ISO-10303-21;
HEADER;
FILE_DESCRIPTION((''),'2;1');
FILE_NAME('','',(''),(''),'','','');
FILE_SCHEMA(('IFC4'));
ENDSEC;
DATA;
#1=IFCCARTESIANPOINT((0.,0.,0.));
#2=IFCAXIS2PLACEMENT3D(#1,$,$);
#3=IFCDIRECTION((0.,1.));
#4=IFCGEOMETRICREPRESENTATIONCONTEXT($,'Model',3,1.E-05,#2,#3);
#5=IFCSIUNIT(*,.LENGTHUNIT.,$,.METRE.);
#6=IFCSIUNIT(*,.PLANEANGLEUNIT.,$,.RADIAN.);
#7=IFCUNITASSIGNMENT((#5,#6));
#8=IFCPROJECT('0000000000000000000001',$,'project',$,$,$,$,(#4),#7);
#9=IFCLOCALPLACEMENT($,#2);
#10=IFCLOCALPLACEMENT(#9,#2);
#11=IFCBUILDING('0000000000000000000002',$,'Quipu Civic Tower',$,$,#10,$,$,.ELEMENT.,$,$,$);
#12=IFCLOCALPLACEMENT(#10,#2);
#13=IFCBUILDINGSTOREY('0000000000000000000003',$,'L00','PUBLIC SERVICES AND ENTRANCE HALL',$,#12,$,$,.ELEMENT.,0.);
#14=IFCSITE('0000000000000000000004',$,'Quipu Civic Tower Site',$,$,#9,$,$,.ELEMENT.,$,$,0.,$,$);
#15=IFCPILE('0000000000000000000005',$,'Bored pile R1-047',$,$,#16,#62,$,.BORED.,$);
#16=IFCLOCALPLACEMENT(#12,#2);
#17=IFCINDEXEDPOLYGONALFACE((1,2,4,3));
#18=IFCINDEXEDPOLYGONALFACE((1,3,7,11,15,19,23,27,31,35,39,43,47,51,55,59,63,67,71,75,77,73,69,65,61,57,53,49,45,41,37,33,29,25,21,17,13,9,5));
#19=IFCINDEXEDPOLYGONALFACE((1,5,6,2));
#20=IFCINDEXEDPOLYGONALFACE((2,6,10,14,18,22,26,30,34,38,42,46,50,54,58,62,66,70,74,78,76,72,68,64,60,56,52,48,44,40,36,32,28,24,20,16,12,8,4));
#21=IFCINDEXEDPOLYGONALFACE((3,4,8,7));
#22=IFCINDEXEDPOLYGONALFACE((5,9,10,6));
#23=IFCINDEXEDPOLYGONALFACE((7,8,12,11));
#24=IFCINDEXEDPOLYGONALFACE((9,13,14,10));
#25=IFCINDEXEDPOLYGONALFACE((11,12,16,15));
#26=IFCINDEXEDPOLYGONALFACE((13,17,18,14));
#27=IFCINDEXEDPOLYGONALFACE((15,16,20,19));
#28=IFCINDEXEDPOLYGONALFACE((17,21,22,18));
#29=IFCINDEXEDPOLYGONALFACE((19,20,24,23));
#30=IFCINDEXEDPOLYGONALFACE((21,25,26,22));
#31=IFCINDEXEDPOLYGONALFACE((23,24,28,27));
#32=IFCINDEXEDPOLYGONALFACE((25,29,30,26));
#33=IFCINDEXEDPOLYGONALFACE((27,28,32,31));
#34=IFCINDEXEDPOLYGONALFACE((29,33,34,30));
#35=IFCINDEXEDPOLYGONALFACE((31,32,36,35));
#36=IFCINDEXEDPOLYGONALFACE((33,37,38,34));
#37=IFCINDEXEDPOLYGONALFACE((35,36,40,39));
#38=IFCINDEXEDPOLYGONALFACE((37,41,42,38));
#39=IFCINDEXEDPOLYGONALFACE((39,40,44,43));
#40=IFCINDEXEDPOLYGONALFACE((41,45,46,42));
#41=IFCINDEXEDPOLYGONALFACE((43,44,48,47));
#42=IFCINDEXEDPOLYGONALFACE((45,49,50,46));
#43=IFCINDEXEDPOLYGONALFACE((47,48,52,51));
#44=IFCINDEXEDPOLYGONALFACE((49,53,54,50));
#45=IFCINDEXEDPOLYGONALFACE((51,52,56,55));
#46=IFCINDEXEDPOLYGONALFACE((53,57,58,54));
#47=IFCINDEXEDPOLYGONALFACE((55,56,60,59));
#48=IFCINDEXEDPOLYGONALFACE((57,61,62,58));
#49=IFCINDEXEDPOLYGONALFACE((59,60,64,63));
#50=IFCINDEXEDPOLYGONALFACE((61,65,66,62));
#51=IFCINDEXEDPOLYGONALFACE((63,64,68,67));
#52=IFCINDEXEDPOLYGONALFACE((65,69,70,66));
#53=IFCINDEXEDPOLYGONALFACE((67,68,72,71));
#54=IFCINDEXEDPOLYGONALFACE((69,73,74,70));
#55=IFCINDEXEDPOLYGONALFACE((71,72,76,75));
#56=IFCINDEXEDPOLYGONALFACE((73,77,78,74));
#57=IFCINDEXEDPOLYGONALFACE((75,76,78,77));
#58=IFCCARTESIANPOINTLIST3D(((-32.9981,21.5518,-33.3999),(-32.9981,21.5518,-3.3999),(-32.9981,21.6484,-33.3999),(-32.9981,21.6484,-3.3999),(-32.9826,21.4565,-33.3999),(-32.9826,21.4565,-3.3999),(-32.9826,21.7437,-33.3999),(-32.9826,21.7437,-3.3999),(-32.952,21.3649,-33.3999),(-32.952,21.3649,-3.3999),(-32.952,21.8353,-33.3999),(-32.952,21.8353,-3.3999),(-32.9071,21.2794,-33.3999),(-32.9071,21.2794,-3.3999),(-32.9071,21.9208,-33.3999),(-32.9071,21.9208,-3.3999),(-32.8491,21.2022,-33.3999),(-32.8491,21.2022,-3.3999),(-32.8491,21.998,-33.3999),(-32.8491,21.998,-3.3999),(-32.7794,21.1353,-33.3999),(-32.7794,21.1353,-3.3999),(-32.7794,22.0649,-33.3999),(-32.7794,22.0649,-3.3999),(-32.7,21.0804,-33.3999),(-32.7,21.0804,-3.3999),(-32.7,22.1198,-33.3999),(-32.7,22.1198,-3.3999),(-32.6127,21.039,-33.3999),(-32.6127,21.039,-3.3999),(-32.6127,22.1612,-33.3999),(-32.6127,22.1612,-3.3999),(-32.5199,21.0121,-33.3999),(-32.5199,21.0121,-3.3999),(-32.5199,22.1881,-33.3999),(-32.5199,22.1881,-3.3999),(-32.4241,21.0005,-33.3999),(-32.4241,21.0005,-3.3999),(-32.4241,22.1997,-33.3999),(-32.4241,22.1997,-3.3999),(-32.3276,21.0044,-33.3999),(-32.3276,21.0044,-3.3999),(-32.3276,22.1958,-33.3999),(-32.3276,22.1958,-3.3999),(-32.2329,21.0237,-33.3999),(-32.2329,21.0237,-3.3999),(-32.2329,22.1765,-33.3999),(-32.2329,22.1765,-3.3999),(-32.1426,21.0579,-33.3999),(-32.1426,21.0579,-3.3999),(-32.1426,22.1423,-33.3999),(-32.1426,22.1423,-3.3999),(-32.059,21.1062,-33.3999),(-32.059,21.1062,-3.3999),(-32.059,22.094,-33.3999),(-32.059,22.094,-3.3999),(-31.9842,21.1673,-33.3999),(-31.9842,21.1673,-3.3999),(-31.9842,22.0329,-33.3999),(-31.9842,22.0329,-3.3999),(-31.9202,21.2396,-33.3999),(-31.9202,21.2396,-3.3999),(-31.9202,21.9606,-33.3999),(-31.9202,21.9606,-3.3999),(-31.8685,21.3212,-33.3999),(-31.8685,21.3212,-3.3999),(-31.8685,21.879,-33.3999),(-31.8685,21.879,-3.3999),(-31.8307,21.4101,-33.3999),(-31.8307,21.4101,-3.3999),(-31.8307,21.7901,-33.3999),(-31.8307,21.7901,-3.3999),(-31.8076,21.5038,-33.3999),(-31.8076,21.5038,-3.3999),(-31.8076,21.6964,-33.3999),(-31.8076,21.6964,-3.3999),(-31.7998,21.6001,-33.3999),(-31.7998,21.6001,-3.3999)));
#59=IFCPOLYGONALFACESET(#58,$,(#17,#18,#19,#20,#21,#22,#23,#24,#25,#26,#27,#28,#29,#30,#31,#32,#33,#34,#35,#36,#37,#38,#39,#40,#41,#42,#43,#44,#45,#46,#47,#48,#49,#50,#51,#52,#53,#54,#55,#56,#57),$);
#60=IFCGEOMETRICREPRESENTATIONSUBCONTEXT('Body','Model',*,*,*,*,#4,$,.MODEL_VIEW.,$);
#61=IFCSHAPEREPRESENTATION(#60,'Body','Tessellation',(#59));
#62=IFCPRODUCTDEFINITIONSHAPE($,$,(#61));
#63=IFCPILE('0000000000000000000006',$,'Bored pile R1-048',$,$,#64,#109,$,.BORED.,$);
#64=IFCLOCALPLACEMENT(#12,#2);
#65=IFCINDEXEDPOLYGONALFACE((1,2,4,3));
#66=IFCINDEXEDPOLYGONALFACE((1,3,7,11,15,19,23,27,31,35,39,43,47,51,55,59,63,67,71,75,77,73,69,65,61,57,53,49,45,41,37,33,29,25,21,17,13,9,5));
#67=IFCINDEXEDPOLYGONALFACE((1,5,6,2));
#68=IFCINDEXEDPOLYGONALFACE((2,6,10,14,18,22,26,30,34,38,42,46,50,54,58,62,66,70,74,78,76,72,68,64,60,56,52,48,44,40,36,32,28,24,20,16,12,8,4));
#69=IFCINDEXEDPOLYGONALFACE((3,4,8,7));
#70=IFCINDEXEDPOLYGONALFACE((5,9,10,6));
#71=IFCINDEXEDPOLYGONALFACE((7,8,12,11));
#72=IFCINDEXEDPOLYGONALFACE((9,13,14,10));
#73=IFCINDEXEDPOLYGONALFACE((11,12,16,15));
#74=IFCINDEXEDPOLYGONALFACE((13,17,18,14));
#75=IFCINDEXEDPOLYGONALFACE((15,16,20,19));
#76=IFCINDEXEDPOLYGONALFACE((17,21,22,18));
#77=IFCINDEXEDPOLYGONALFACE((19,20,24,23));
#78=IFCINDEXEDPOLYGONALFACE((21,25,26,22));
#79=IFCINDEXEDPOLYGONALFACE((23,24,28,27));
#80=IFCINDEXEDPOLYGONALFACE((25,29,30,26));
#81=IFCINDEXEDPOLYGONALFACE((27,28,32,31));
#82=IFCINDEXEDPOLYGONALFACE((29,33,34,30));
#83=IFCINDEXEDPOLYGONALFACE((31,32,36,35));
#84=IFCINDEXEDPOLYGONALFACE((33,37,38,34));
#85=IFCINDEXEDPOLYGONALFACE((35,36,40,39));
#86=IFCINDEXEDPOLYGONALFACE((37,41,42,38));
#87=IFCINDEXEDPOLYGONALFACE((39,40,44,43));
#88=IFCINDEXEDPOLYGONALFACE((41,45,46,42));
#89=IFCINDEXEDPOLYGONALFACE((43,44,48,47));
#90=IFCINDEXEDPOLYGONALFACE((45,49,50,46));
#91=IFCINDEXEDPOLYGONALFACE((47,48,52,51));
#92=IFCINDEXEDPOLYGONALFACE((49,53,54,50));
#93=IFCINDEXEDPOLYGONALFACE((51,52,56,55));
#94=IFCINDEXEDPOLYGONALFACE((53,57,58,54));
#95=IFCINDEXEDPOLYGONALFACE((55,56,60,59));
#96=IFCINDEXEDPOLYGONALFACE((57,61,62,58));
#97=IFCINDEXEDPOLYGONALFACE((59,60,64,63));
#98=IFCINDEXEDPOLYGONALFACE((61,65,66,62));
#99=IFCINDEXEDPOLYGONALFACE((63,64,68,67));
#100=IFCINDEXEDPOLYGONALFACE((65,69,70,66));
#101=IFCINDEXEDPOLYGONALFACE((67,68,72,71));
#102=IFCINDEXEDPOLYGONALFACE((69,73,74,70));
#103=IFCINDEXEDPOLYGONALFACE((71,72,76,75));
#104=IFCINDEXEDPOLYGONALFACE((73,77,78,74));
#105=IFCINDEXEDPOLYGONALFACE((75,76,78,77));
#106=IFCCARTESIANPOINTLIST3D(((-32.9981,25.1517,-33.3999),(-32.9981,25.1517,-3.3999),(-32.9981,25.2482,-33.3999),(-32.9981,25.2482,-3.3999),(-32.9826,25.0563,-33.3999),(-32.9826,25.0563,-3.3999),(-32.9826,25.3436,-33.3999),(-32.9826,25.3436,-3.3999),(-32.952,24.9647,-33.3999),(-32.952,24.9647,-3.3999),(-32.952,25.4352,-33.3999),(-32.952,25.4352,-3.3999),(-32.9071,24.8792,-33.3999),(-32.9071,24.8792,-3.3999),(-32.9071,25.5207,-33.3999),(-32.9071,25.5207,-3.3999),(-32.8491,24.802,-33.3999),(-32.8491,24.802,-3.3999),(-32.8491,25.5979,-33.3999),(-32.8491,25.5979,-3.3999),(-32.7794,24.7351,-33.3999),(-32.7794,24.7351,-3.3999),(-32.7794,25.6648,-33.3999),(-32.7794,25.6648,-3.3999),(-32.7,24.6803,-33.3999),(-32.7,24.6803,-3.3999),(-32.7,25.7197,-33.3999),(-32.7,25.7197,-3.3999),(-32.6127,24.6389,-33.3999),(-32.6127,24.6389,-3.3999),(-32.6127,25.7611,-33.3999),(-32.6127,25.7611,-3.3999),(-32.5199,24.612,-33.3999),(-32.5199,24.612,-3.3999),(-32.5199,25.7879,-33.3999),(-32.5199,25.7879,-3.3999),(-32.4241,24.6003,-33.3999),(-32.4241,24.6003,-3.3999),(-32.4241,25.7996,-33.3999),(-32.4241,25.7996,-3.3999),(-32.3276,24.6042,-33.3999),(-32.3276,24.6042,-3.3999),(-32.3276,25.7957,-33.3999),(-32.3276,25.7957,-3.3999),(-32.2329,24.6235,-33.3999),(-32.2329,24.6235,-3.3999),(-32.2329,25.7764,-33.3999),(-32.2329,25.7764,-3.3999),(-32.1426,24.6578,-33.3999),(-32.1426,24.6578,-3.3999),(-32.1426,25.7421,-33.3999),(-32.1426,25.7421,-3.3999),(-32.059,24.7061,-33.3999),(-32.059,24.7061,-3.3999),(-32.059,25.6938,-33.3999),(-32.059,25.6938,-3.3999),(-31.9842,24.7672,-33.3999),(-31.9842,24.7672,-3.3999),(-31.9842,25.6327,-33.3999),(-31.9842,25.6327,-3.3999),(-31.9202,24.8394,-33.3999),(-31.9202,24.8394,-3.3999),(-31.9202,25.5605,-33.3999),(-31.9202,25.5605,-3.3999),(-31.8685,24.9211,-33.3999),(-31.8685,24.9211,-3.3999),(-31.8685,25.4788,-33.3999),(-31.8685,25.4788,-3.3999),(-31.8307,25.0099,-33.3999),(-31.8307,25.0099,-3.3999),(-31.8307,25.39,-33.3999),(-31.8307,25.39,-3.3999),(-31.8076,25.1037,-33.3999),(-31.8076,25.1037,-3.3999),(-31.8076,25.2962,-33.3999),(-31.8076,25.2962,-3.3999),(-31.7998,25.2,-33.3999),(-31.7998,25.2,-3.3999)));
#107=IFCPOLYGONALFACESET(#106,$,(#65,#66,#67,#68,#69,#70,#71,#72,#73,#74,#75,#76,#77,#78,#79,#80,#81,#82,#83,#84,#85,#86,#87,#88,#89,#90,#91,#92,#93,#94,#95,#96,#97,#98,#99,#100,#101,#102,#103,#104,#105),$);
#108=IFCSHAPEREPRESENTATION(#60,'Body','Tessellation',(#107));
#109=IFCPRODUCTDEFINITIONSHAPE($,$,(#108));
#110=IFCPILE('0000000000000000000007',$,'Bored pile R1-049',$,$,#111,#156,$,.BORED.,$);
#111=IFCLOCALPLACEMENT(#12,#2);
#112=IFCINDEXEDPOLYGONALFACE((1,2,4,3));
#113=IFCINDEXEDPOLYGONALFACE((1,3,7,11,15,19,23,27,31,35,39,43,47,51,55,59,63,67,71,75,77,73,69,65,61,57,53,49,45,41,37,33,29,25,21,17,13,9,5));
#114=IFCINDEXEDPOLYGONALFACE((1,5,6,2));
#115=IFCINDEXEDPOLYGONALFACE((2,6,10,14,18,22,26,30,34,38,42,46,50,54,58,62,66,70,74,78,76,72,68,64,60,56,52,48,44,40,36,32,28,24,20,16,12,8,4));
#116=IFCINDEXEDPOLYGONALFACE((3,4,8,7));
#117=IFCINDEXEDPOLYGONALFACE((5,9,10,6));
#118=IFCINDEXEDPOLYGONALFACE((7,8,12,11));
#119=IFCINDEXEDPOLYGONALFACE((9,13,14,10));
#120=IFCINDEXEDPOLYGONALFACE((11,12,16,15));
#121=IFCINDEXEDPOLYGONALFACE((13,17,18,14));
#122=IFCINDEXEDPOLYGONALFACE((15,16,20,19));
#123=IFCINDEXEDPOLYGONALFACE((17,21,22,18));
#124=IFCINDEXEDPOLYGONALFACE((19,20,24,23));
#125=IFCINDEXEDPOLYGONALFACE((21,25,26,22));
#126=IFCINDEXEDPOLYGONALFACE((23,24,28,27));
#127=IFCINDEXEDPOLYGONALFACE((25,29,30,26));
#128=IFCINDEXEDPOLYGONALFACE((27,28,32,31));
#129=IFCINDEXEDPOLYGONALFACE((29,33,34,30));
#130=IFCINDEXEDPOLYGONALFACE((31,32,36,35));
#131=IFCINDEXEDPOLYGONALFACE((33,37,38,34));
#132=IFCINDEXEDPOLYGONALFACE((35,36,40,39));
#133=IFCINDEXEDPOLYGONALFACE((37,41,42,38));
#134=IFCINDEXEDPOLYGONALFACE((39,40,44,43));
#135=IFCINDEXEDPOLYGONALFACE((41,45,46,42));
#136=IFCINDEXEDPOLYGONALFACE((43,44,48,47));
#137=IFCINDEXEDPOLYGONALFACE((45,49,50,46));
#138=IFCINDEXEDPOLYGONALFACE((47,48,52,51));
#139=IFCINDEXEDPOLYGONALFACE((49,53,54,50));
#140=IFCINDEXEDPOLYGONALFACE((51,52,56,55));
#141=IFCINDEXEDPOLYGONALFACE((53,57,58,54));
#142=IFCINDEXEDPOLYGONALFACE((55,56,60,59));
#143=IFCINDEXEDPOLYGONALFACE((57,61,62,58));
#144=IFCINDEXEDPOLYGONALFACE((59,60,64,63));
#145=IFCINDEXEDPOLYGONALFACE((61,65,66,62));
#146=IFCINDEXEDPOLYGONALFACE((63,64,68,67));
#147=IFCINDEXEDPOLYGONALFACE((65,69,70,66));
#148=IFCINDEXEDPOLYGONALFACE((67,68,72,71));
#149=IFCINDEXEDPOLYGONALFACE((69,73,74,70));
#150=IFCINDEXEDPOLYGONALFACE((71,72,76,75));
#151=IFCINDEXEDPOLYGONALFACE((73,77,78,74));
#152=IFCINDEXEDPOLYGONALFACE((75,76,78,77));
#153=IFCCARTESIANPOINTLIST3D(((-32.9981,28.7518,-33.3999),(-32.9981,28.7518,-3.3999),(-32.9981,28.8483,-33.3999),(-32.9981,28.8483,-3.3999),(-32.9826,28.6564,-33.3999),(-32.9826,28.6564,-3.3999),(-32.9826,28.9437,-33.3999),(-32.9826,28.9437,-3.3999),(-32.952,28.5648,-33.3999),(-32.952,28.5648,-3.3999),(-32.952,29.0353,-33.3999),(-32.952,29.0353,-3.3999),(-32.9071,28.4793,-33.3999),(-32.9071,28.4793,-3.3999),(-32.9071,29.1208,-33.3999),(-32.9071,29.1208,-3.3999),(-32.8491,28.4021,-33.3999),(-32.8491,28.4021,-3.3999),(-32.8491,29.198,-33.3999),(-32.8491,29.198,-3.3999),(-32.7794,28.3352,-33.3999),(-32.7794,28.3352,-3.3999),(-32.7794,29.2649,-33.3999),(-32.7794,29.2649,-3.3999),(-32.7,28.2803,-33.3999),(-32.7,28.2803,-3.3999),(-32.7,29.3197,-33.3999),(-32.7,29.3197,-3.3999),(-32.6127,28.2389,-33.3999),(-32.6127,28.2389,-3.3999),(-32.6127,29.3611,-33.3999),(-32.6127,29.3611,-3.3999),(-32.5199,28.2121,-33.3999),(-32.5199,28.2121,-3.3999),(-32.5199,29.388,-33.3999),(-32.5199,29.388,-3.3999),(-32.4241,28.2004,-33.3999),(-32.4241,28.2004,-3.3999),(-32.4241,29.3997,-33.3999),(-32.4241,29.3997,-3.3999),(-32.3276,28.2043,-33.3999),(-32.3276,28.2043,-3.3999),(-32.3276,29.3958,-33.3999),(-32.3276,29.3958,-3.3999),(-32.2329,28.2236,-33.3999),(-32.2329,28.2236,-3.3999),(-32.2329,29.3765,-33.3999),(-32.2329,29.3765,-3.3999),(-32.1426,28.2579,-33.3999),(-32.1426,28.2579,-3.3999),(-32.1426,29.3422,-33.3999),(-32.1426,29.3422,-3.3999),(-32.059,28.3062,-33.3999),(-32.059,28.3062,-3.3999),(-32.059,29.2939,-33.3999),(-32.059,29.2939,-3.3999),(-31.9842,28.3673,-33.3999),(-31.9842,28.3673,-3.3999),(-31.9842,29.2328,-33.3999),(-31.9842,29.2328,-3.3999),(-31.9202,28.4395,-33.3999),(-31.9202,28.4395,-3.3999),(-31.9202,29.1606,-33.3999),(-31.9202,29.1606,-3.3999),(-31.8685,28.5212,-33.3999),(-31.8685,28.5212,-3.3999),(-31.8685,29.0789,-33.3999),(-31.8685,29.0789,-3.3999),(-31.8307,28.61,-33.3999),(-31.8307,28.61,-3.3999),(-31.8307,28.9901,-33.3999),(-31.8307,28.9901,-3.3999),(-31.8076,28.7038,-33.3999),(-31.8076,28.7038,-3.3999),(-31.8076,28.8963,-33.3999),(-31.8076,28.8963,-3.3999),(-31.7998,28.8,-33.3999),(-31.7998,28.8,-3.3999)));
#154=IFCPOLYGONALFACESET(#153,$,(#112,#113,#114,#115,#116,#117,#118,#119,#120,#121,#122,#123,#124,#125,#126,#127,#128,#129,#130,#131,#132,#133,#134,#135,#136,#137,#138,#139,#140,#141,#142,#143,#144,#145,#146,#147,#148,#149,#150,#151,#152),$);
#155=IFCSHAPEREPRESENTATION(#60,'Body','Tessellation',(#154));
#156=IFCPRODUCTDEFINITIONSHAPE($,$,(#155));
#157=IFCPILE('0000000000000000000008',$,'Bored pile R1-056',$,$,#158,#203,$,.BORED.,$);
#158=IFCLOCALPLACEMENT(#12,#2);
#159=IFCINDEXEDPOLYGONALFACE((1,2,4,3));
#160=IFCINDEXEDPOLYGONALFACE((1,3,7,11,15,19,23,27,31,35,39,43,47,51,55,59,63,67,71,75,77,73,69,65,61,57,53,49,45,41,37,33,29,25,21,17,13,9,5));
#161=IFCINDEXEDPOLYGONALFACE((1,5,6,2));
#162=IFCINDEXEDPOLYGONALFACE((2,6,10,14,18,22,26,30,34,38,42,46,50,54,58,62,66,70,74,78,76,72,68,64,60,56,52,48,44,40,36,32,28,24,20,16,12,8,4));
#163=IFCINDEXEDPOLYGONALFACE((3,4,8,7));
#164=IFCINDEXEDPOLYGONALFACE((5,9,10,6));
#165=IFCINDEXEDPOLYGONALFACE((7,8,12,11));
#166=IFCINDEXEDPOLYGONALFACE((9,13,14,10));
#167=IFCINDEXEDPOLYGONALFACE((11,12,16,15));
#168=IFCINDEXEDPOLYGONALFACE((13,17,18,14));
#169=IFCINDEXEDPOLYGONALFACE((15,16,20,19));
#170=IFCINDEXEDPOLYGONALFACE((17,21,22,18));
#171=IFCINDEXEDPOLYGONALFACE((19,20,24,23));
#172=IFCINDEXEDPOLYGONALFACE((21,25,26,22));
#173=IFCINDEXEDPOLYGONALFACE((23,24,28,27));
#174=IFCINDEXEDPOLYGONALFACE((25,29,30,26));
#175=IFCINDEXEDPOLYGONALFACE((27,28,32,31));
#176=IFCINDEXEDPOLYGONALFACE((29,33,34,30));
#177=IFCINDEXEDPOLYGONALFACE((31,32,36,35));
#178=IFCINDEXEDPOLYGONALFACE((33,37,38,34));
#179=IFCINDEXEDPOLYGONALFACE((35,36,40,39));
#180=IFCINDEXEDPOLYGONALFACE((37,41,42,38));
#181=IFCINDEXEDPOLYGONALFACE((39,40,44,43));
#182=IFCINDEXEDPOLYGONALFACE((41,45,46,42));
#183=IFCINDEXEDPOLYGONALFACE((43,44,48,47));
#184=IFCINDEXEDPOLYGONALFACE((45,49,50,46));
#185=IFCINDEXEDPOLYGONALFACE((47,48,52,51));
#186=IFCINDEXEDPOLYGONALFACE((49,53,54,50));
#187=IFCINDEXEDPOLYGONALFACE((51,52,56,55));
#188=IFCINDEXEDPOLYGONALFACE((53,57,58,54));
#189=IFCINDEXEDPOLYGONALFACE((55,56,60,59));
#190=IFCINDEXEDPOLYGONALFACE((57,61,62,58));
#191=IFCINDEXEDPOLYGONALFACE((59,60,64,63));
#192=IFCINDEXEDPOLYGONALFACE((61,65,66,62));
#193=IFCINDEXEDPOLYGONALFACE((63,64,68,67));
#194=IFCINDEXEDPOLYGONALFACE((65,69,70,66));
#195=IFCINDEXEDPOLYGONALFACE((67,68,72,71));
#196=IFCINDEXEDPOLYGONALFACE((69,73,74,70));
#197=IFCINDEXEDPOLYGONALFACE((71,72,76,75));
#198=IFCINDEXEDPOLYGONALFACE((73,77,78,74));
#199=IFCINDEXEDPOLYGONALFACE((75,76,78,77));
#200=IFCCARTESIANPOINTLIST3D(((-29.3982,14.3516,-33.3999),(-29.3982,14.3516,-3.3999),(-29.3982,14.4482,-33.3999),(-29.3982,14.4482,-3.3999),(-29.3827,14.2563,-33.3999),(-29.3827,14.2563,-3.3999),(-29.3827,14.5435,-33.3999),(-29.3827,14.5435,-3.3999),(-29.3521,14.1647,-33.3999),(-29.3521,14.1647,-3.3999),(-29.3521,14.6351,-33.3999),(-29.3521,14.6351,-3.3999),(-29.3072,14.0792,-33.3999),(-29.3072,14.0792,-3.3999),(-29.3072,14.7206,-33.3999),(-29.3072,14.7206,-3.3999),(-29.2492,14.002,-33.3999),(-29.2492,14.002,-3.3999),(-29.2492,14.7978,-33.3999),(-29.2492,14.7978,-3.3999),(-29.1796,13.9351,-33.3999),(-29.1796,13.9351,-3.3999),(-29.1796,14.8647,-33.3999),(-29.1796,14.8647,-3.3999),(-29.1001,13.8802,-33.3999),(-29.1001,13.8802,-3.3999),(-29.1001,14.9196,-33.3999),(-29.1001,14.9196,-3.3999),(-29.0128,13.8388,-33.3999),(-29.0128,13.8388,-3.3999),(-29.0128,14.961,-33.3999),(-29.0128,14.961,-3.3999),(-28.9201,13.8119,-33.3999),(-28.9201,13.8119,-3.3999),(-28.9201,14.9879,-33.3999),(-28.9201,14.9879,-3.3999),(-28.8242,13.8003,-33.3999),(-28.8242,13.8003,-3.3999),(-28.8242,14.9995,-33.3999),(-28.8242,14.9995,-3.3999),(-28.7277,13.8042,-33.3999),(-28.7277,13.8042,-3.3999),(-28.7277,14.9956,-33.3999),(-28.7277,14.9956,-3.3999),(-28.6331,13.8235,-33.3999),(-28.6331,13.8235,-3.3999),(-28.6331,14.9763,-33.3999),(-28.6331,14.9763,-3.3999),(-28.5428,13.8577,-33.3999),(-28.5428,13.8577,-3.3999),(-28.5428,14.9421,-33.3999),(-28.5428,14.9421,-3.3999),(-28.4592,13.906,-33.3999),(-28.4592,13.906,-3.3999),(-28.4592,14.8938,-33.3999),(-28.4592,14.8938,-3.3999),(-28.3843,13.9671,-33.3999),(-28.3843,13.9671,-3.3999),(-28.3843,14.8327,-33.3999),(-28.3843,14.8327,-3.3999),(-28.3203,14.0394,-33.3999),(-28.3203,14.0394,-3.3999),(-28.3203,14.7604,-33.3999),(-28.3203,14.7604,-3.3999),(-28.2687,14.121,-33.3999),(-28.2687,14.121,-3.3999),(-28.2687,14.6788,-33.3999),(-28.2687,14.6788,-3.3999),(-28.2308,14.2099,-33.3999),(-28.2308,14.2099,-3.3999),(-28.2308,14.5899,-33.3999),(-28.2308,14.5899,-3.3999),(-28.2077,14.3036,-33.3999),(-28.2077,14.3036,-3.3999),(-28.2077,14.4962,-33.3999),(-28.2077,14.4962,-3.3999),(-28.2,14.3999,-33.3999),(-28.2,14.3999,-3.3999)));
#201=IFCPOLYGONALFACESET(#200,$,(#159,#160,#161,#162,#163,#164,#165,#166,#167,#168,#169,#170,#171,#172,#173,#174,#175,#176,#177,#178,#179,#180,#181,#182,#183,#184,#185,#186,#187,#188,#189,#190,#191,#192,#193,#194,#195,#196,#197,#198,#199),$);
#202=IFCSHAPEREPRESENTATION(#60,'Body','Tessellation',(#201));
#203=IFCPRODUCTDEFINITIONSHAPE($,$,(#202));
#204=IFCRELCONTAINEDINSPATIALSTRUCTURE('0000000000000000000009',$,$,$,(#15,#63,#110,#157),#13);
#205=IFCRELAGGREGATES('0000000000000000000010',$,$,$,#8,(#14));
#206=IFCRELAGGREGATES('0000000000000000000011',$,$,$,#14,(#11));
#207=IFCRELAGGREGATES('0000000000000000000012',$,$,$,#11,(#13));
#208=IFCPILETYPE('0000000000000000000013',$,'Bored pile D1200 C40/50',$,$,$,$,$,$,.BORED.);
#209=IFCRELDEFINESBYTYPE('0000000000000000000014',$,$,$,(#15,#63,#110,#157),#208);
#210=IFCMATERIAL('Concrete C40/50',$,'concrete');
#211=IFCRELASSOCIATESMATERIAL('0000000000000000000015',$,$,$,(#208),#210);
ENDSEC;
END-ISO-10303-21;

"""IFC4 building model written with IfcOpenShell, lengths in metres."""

from ifc_helpers import new_model, si_unit, direction, frame, origin, origin_2d, place, context, subcontext, project, spatial, circle, extrude, material, material_profile, profile_set, type_object, element, save


model = new_model("IFC4")

# Units and contexts
model_context = context("Model", 3, precision=1e-05, world=origin(), true_north=direction((0.0, 1.0)))
body_context = subcontext(model_context, "Body", "Model", "MODEL_VIEW")
ifc_project = project(units=[si_unit("LENGTHUNIT", "METRE"), si_unit("PLANEANGLEUNIT", "RADIAN")], contexts=[model_context])

# Site, building, storey
site_placement = place(None, origin())
site = spatial("IfcSite", under=ifc_project, at=site_placement, Name="Quipu Civic Tower Site", CompositionType="ELEMENT", RefElevation=0.0)
building_placement = place(site_placement, origin())
building = spatial("IfcBuilding", under=site, at=building_placement, Name="Quipu Civic Tower", CompositionType="ELEMENT")
storey_placement = place(building_placement, origin())
storey = spatial("IfcBuildingStorey", under=building, at=storey_placement, Name="L00", Description="PUBLIC SERVICES AND ENTRANCE HALL", CompositionType="ELEMENT", Elevation=0.0)

# Piles
ifc_material_1 = material(Name="Concrete C40/50", Category="concrete")
ifc_material_profile = material_profile(ifc_material_1, circle(Radius=0.6001, at=origin_2d()), Name="RCD1200")
ifc_profile_set = profile_set([ifc_material_profile], Name="Concrete C40/50")
pile_type = type_object("IfcPileType", Name="Bored pile D1200 C40/50", PredefinedType="BORED", material=ifc_profile_set)
for number, where, z_axis, x_axis, name in (
    (1, (-32.3999, 21.6001, -3.3999), (0.0, 0.0, -1.0), (1.0, 0.0, 0.0), "Bored pile R1-047"),
    (2, (-32.3999, 25.2, -3.3999), (0.0, 0.0, -1.0), (1.0, 0.0, 0.0), "Bored pile R1-048"),
    (3, (-32.3999, 28.8, -3.3999), (0.0, 0.0, -1.0), (1.0, 0.0, 0.0), "Bored pile R1-049"),
    (4, (-28.8, 14.3999, -3.3999), (0.0, 0.0, -1.0), (1.0, 0.0, 0.0), "Bored pile R1-056"),
):
    element("IfcPile", number, at=place(storey_placement, frame(where, z_axis=z_axis, x_axis=x_axis)), inside=storey, type_object=pile_type, Name=name, PredefinedType="BORED", context=body_context, shape_type="SweptSolid", body=[
        extrude(circle(Radius=0.6001, at=origin_2d()), origin(), (0.0, 0.0, 1.0), 30.0),
    ])

save(model, "model.ifc")
